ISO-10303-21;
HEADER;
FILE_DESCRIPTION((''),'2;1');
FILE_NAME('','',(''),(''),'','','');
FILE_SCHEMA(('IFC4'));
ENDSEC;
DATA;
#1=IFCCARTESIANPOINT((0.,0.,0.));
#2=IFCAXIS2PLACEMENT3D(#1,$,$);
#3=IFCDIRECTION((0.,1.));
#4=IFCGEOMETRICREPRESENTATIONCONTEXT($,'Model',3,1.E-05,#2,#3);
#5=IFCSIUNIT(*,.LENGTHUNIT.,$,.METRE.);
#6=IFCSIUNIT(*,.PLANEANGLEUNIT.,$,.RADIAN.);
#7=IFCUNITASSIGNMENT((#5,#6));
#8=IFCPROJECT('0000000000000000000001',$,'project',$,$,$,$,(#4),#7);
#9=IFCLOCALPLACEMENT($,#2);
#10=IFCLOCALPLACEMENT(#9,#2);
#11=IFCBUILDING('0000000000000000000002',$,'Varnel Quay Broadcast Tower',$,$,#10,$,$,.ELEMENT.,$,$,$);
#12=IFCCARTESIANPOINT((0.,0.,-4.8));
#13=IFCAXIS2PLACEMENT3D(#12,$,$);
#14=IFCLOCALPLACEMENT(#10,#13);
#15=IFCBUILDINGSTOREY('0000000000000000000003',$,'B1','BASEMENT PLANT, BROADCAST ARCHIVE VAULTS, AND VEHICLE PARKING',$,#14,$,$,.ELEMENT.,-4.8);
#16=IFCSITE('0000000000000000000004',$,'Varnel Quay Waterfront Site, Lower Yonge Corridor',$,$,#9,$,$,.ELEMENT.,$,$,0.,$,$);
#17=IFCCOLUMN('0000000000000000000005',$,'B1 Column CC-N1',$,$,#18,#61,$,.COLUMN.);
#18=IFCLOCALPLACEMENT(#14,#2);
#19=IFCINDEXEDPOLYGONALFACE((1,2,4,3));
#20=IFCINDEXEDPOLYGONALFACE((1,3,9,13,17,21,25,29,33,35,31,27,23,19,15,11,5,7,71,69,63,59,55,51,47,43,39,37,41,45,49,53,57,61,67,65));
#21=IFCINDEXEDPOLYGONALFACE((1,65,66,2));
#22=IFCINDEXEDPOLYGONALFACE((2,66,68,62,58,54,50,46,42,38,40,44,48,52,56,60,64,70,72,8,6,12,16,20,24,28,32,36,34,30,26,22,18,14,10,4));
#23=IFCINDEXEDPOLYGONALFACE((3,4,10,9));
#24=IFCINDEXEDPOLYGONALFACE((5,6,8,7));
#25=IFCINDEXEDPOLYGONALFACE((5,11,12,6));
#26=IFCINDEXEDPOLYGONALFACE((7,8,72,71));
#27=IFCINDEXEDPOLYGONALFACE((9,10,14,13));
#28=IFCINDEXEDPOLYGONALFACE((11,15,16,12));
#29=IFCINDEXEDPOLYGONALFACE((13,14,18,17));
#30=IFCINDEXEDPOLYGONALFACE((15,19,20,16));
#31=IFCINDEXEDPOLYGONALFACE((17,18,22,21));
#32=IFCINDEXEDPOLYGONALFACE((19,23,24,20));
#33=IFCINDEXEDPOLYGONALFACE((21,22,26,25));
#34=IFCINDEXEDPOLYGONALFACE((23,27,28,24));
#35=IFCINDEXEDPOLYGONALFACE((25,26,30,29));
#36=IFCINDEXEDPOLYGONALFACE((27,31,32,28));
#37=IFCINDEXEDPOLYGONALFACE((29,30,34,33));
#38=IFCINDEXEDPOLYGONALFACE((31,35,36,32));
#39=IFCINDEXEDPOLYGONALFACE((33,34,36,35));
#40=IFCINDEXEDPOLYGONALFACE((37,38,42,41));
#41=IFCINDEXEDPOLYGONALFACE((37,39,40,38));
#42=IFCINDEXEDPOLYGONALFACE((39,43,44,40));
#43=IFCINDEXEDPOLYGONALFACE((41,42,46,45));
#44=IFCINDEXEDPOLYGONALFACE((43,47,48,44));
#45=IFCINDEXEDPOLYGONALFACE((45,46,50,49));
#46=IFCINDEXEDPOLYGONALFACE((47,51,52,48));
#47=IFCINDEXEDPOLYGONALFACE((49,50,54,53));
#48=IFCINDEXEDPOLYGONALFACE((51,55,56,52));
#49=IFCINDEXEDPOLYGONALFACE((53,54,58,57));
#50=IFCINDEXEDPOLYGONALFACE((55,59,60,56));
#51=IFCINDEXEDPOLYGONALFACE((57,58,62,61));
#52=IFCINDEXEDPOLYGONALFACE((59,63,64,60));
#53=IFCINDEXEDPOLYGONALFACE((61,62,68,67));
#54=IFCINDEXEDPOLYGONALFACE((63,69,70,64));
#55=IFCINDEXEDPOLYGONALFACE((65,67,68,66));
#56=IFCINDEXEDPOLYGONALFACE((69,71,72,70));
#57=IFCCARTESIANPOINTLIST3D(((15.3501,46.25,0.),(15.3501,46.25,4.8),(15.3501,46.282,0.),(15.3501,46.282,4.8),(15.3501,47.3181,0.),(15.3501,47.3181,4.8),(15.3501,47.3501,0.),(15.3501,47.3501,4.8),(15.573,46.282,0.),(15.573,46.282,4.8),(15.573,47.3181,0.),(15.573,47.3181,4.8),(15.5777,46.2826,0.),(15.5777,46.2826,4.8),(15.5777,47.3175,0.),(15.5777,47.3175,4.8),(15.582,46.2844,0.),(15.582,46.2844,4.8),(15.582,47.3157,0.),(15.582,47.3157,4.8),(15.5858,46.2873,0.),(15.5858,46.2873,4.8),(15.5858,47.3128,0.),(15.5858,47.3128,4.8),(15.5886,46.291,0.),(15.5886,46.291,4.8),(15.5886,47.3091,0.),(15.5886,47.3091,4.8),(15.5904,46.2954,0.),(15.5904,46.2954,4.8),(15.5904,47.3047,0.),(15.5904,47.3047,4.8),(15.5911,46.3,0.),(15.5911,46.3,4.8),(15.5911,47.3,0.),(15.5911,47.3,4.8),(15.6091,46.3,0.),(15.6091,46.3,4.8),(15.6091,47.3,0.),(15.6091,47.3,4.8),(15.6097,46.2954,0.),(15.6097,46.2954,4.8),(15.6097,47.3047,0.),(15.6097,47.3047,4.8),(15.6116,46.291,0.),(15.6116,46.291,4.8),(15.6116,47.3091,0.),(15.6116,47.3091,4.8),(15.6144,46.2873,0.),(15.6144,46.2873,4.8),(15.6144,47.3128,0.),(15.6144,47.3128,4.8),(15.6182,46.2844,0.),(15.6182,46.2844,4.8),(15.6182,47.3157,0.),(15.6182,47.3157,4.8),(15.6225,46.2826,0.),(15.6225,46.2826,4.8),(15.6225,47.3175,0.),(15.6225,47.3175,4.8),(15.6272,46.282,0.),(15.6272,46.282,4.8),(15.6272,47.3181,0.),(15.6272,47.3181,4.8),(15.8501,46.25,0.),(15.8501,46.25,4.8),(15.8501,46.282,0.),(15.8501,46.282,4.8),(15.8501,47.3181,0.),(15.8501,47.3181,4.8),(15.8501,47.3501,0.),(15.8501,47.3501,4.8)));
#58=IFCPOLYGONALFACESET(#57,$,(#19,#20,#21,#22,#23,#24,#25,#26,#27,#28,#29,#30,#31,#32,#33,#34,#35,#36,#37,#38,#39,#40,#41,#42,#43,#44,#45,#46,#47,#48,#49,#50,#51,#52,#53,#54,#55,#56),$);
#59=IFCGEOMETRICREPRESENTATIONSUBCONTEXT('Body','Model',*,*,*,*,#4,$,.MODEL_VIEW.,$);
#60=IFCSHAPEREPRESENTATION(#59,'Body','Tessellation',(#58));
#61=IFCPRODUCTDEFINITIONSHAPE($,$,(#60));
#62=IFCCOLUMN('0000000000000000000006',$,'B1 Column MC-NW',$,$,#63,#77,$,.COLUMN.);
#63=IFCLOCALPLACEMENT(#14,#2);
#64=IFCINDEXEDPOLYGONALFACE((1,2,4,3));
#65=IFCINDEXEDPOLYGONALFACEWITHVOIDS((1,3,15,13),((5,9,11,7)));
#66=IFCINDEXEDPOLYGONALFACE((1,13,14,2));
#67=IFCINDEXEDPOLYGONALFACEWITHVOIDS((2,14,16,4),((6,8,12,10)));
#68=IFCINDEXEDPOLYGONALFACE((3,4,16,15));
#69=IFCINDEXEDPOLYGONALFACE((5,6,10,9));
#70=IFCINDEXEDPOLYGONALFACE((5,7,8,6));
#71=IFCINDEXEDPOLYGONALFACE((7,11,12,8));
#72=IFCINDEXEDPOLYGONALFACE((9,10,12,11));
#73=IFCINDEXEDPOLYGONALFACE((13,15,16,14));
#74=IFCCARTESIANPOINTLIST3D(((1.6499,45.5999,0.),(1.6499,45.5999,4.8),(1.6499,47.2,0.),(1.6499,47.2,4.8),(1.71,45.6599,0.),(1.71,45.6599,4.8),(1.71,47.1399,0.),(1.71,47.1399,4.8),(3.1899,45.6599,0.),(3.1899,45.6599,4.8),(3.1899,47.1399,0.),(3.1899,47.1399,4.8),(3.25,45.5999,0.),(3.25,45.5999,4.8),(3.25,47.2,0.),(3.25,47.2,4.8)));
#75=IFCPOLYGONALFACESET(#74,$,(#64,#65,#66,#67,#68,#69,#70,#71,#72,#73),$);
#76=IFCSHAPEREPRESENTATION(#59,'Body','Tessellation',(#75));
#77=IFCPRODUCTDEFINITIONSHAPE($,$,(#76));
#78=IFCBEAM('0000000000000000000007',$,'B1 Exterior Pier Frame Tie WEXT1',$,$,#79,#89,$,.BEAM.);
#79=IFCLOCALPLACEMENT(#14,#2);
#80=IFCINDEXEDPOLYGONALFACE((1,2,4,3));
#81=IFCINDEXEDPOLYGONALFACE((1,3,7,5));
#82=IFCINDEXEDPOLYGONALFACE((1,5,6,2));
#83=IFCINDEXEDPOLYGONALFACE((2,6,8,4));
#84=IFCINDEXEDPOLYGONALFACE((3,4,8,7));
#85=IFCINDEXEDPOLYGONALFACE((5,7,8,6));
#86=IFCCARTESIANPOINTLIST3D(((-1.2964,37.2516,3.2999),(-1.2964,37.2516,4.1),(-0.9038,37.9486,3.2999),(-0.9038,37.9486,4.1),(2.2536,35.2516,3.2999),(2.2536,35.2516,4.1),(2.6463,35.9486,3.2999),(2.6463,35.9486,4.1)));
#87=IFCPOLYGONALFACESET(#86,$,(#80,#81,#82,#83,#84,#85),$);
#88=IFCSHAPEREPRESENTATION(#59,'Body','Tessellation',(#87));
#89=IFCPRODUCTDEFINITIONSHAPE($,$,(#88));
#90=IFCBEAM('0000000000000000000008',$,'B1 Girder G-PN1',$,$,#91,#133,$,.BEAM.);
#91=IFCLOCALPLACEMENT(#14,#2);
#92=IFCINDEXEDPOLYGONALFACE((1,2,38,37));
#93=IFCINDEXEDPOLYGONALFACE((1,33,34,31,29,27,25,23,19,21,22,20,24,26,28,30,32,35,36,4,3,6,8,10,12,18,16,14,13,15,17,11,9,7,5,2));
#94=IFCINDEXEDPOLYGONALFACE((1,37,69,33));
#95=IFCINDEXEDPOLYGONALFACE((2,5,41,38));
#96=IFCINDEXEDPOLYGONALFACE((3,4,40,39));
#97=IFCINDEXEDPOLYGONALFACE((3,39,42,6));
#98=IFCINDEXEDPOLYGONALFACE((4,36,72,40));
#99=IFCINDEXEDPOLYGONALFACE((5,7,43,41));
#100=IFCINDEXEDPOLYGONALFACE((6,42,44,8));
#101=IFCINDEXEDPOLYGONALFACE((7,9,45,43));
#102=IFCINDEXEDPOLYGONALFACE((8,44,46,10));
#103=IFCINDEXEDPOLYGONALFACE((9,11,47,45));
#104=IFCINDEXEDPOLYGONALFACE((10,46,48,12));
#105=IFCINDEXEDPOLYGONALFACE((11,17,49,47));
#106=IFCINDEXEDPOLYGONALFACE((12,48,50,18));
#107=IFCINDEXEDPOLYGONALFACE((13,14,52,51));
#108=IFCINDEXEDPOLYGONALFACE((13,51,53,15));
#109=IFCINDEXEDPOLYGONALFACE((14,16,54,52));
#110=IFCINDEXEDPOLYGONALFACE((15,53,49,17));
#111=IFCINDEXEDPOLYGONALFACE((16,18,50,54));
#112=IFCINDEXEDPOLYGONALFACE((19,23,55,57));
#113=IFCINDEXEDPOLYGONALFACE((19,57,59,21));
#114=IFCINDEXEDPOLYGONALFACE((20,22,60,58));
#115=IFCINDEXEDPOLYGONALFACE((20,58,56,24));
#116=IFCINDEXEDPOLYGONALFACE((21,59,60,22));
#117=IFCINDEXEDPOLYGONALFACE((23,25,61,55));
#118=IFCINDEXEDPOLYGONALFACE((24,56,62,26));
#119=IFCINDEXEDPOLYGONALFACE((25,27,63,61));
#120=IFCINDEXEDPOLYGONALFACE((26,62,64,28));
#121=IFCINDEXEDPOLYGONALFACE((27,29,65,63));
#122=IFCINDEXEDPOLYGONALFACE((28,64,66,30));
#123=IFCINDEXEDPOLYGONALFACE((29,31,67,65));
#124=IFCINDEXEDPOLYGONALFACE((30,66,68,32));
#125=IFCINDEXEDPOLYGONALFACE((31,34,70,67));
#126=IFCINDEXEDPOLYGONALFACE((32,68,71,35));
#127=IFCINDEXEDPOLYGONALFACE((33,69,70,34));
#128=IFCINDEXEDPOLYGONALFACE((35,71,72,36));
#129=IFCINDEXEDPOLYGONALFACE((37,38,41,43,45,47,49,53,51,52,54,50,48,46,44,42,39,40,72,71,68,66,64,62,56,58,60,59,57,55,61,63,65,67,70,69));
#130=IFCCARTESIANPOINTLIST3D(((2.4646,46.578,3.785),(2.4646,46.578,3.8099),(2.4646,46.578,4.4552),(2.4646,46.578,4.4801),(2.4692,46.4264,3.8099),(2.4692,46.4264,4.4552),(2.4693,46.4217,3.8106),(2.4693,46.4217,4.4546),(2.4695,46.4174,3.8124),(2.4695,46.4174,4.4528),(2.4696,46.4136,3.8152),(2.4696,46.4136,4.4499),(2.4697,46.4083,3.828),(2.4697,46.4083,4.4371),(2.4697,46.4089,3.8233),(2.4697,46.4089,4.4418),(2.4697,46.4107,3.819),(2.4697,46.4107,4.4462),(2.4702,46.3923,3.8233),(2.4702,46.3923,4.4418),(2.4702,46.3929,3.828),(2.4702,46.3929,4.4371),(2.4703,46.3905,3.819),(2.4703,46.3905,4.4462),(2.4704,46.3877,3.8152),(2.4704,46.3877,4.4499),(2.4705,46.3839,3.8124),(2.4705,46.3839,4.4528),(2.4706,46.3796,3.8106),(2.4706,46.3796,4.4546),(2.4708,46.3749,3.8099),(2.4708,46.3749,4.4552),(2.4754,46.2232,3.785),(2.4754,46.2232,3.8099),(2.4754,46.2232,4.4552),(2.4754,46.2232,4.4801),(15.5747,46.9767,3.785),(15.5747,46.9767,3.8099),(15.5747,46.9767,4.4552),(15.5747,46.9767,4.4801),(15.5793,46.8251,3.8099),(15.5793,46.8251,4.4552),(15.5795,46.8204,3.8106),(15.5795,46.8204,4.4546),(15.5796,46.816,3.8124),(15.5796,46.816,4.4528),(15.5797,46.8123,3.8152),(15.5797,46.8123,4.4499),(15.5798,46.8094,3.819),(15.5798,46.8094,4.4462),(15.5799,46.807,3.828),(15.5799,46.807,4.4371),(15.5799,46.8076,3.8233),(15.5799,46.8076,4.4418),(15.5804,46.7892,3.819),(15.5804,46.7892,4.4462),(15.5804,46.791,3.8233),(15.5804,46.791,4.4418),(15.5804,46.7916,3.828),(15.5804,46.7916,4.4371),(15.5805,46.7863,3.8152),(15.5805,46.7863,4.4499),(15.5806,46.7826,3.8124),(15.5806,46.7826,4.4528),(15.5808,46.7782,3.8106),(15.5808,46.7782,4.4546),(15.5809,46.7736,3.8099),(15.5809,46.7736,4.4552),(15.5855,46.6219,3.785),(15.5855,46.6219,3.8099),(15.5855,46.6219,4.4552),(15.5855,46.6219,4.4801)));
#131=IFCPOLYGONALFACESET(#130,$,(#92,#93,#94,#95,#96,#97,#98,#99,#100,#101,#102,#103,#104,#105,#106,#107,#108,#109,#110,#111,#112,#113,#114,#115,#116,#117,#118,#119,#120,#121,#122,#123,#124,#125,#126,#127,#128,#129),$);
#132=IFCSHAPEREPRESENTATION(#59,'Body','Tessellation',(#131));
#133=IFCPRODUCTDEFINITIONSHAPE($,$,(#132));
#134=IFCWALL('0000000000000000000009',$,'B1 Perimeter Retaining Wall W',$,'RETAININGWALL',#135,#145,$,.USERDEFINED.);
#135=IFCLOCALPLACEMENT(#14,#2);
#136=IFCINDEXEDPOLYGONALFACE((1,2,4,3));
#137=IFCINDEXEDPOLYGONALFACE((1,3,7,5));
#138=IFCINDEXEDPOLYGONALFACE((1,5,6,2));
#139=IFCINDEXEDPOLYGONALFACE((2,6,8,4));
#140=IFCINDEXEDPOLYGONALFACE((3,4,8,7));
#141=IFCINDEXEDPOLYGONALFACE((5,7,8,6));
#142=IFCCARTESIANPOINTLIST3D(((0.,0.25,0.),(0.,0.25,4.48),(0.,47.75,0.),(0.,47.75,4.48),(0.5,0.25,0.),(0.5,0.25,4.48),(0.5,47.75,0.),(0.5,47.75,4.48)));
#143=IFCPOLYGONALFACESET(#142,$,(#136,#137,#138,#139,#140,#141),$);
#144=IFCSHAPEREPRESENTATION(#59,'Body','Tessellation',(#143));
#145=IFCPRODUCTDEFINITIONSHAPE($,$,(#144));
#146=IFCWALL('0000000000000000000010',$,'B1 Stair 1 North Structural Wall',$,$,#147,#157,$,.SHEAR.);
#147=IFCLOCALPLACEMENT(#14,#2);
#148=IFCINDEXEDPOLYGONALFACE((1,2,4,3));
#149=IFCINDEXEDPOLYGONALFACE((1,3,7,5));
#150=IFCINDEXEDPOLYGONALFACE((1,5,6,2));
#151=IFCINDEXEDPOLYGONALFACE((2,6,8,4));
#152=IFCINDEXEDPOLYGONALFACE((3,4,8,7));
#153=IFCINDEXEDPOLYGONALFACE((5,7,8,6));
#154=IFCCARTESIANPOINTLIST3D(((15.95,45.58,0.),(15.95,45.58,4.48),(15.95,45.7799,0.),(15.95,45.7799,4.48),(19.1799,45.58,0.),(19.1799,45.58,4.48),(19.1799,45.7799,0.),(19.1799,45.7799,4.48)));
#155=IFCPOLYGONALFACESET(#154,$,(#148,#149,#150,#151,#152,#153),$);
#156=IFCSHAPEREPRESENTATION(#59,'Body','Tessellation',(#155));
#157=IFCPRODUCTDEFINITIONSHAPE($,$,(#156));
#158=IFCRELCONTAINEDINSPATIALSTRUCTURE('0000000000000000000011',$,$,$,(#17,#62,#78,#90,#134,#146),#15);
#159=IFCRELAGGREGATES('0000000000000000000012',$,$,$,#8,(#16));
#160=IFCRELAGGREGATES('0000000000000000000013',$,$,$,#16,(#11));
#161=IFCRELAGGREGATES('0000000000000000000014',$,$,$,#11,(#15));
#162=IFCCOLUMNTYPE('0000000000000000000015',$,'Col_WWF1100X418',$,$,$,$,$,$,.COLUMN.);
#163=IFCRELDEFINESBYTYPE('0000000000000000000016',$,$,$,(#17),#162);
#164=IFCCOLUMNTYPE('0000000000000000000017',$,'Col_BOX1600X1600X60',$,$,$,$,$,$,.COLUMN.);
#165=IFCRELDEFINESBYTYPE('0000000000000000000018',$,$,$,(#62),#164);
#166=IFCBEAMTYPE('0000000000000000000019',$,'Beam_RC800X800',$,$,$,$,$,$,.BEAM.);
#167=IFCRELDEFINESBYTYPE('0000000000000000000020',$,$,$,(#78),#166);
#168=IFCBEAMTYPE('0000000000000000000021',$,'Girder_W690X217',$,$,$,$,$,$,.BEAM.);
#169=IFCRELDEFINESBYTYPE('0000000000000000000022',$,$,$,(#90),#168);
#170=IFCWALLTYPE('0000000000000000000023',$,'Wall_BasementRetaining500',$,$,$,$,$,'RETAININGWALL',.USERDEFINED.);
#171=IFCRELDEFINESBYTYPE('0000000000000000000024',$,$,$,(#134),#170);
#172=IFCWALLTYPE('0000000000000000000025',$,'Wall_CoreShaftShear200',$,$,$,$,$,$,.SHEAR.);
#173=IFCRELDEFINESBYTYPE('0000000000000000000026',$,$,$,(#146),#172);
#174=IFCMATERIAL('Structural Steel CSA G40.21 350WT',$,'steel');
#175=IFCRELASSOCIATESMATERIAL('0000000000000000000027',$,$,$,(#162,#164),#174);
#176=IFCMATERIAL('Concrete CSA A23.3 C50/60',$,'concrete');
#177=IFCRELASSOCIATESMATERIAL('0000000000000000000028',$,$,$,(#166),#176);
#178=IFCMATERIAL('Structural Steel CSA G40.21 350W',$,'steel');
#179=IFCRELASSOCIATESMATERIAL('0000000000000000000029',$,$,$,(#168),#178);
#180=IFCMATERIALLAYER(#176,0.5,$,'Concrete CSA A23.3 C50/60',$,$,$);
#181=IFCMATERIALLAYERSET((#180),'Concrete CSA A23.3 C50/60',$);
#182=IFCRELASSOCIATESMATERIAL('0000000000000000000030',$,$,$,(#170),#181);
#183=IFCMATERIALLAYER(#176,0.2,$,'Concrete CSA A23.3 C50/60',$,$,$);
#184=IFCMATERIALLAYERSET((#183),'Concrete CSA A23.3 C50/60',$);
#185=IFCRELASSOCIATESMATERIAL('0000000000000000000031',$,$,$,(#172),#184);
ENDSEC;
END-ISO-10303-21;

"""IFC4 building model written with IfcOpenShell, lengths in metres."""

from ifc_helpers import new_model, si_unit, direction, frame, frame_2d, origin, origin_2d, place, context, subcontext, project, spatial, rectangle, hollow_rectangle, i_section, extrude, source, transform, mapped, material, layer, layer_set, material_profile, profile_set, type_object, type_shapes, element, save


model = new_model("IFC4")

# Units and contexts
model_context = context("Model", 3, precision=1e-05, world=origin(), true_north=direction((0.0, 1.0)))
body_context = subcontext(model_context, "Body", "Model", "MODEL_VIEW")
ifc_project = project(units=[si_unit("LENGTHUNIT", "METRE"), si_unit("PLANEANGLEUNIT", "RADIAN")], contexts=[model_context])

# Site, building, storey
site_placement = place(None, origin())
site = spatial("IfcSite", under=ifc_project, at=site_placement, Name="Varnel Quay Waterfront Site, Lower Yonge Corridor", CompositionType="ELEMENT", RefElevation=0.0)
building_placement = place(site_placement, origin())
building = spatial("IfcBuilding", under=site, at=building_placement, Name="Varnel Quay Broadcast Tower", CompositionType="ELEMENT")
storey_placement = place(building_placement, frame((0.0, 0.0, -4.8)))
storey = spatial("IfcBuildingStorey", under=building, at=storey_placement, Name="B1", Description="BASEMENT PLANT, BROADCAST ARCHIVE VAULTS, AND VEHICLE PARKING", CompositionType="ELEMENT", Elevation=-4.8)

# Columns
ifc_material_1 = material(Name="Structural Steel CSA G40.21 350WT", Category="steel")
ifc_material_profile_1 = material_profile(ifc_material_1, i_section(OverallWidth=0.5, OverallDepth=1.1001, WebThickness=0.0181, FlangeThickness=0.032, FilletRadius=0.0181, at=origin_2d()), Name="WWF1100X418")
ifc_profile_set_1 = profile_set([ifc_material_profile_1], Name="Structural Steel CSA G40.21 350WT")
column_type_1 = type_object("IfcColumnType", Name="Col_WWF1100X418", PredefinedType="COLUMN", material=ifc_profile_set_1)
shared_shape_1 = source(origin(), body_context, "Body", "SweptSolid", [
    extrude(i_section(OverallWidth=0.5, OverallDepth=1.1001, WebThickness=0.0181, FlangeThickness=0.032, FilletRadius=0.0181, at=origin_2d()), origin(), (0.0, 0.0, 1.0), 4.8),
])
type_shapes(column_type_1, [shared_shape_1])
column_1_placement = place(storey_placement, frame((15.6001, 46.8, 0.0), z_axis=(0.0, 0.0, 1.0), x_axis=(1.0, 0.0, 0.0)))
element("IfcColumn", 1, at=column_1_placement, inside=storey, type_object=column_type_1, Name="B1 Column CC-N1", PredefinedType="COLUMN", context=body_context, shape_type="MappedRepresentation", body=[
    mapped(shared_shape_1, transform((0.0, 0.0, 0.0), x_axis=(1.0, 0.0, 0.0), y_axis=(0.0, 1.0, 0.0), z_axis=(0.0, 0.0, 1.0), scale=1.0)),
])
ifc_material_profile_2 = material_profile(ifc_material_1, hollow_rectangle(XDim=1.6001, YDim=1.6001, WallThickness=0.0601, at=origin_2d()), Name="BOX1600X1600X60")
ifc_profile_set_2 = profile_set([ifc_material_profile_2], Name="Structural Steel CSA G40.21 350WT")
column_type_2 = type_object("IfcColumnType", Name="Col_BOX1600X1600X60", PredefinedType="COLUMN", material=ifc_profile_set_2)
shared_shape_2 = source(origin(), body_context, "Body", "SweptSolid", [
    extrude(hollow_rectangle(XDim=1.6001, YDim=1.6001, WallThickness=0.0601, at=origin_2d()), origin(), (0.0, 0.0, 1.0), 4.8),
])
type_shapes(column_type_2, [shared_shape_2])
column_2_placement = place(storey_placement, frame((2.45, 46.3999, 0.0), z_axis=(0.0, 0.0, 1.0), x_axis=(1.0, 0.0, 0.0)))
element("IfcColumn", 2, at=column_2_placement, inside=storey, type_object=column_type_2, Name="B1 Column MC-NW", PredefinedType="COLUMN", context=body_context, shape_type="MappedRepresentation", body=[
    mapped(shared_shape_2, transform((0.0, 0.0, 0.0), x_axis=(1.0, 0.0, 0.0), y_axis=(0.0, 1.0, 0.0), z_axis=(0.0, 0.0, 1.0), scale=1.0)),
])

# Beams
ifc_material_2 = material(Name="Concrete CSA A23.3 C50/60", Category="concrete")
ifc_material_profile_3 = material_profile(ifc_material_2, rectangle(XDim=0.8, YDim=0.8, at=origin_2d()), Name="RC800X800")
ifc_profile_set_3 = profile_set([ifc_material_profile_3], Name="Concrete CSA A23.3 C50/60")
beam_type_1 = type_object("IfcBeamType", Name="Beam_RC800X800", PredefinedType="BEAM", material=ifc_profile_set_3)
shared_shape_3 = source(origin(), body_context, "Body", "SweptSolid", [
    extrude(rectangle(XDim=0.8, YDim=0.8, at=origin_2d()), origin(), (0.0, 0.0, 1.0), 4.0747),
])
type_shapes(beam_type_1, [shared_shape_3])
beam_1_placement = place(storey_placement, frame((-1.1001, 37.6001, 3.7), z_axis=(0.871251, -0.490839, 0.0), x_axis=(0.490839, 0.871251, 0.0)))
element("IfcBeam", 3, at=beam_1_placement, inside=storey, type_object=beam_type_1, Name="B1 Exterior Pier Frame Tie WEXT1", PredefinedType="BEAM", context=body_context, shape_type="MappedRepresentation", body=[
    mapped(shared_shape_3, transform((0.0, 0.0, 0.0), x_axis=(1.0, 0.0, 0.0), y_axis=(0.0, 1.0, 0.0), z_axis=(0.0, 0.0, 1.0), scale=1.0)),
])
ifc_material_3 = material(Name="Structural Steel CSA G40.21 350W", Category="steel")
ifc_material_profile_4 = material_profile(ifc_material_3, i_section(OverallWidth=0.355, OverallDepth=0.6951, WebThickness=0.0154, FlangeThickness=0.0249, FilletRadius=0.0181, at=origin_2d()), Name="W690X217")
ifc_profile_set_4 = profile_set([ifc_material_profile_4], Name="Structural Steel CSA G40.21 350W")
beam_type_2 = type_object("IfcBeamType", Name="Girder_W690X217", PredefinedType="BEAM", material=ifc_profile_set_4)
shared_shape_4 = source(origin(), body_context, "Body", "SweptSolid", [
    extrude(i_section(OverallWidth=0.355, OverallDepth=0.6951, WebThickness=0.0154, FlangeThickness=0.0249, FilletRadius=0.0181, at=origin_2d()), origin(), (0.0, 0.0, 1.0), 13.1162),
])
type_shapes(beam_type_2, [shared_shape_4])
beam_2_placement = place(storey_placement, frame((2.47, 46.4006, 4.1326), z_axis=(0.999538, 0.030396, 0.0), x_axis=(-0.030396, 0.999538, 0.0)))
element("IfcBeam", 4, at=beam_2_placement, inside=storey, type_object=beam_type_2, Name="B1 Girder G-PN1", PredefinedType="BEAM", context=body_context, shape_type="MappedRepresentation", body=[
    mapped(shared_shape_4, transform((0.0, 0.0, 0.0), x_axis=(1.0, 0.0, 0.0), y_axis=(0.0, 1.0, 0.0), z_axis=(0.0, 0.0, 1.0), scale=1.0)),
])

# Walls
ifc_layer_1 = layer(ifc_material_2, 0.5, Name="Concrete CSA A23.3 C50/60")
ifc_layer_set_1 = layer_set([ifc_layer_1], Name="Concrete CSA A23.3 C50/60")
wall_type_1 = type_object("IfcWallType", Name="Wall_BasementRetaining500", ElementType="RETAININGWALL", PredefinedType="USERDEFINED", material=ifc_layer_set_1)
wall_1_placement = place(storey_placement, frame((0.25, 47.75, 0.0), z_axis=(0.0, 0.0, 1.0), x_axis=(0.0, -1.0, 0.0)))
element("IfcWall", 5, at=wall_1_placement, inside=storey, type_object=wall_type_1, Name="B1 Perimeter Retaining Wall W", ObjectType="RETAININGWALL", PredefinedType="USERDEFINED", context=body_context, shape_type="SweptSolid", body=[
    extrude(rectangle(XDim=47.5, YDim=0.5, at=frame_2d((23.75, 0.0))), origin(), (0.0, 0.0, 1.0), 4.48),
])
ifc_layer_2 = layer(ifc_material_2, 0.2, Name="Concrete CSA A23.3 C50/60")
ifc_layer_set_2 = layer_set([ifc_layer_2], Name="Concrete CSA A23.3 C50/60")
wall_type_2 = type_object("IfcWallType", Name="Wall_CoreShaftShear200", PredefinedType="SHEAR", material=ifc_layer_set_2)
wall_2_placement = place(storey_placement, frame((15.95, 45.6799, 0.0), z_axis=(0.0, 0.0, 1.0), x_axis=(1.0, 0.0, 0.0)))
element("IfcWall", 6, at=wall_2_placement, inside=storey, type_object=wall_type_2, Name="B1 Stair 1 North Structural Wall", PredefinedType="SHEAR", context=body_context, shape_type="SweptSolid", body=[
    extrude(rectangle(XDim=3.23, YDim=0.2, at=frame_2d((1.615, 0.0))), origin(), (0.0, 0.0, 1.0), 4.48),
])

save(model, "model.ifc")
